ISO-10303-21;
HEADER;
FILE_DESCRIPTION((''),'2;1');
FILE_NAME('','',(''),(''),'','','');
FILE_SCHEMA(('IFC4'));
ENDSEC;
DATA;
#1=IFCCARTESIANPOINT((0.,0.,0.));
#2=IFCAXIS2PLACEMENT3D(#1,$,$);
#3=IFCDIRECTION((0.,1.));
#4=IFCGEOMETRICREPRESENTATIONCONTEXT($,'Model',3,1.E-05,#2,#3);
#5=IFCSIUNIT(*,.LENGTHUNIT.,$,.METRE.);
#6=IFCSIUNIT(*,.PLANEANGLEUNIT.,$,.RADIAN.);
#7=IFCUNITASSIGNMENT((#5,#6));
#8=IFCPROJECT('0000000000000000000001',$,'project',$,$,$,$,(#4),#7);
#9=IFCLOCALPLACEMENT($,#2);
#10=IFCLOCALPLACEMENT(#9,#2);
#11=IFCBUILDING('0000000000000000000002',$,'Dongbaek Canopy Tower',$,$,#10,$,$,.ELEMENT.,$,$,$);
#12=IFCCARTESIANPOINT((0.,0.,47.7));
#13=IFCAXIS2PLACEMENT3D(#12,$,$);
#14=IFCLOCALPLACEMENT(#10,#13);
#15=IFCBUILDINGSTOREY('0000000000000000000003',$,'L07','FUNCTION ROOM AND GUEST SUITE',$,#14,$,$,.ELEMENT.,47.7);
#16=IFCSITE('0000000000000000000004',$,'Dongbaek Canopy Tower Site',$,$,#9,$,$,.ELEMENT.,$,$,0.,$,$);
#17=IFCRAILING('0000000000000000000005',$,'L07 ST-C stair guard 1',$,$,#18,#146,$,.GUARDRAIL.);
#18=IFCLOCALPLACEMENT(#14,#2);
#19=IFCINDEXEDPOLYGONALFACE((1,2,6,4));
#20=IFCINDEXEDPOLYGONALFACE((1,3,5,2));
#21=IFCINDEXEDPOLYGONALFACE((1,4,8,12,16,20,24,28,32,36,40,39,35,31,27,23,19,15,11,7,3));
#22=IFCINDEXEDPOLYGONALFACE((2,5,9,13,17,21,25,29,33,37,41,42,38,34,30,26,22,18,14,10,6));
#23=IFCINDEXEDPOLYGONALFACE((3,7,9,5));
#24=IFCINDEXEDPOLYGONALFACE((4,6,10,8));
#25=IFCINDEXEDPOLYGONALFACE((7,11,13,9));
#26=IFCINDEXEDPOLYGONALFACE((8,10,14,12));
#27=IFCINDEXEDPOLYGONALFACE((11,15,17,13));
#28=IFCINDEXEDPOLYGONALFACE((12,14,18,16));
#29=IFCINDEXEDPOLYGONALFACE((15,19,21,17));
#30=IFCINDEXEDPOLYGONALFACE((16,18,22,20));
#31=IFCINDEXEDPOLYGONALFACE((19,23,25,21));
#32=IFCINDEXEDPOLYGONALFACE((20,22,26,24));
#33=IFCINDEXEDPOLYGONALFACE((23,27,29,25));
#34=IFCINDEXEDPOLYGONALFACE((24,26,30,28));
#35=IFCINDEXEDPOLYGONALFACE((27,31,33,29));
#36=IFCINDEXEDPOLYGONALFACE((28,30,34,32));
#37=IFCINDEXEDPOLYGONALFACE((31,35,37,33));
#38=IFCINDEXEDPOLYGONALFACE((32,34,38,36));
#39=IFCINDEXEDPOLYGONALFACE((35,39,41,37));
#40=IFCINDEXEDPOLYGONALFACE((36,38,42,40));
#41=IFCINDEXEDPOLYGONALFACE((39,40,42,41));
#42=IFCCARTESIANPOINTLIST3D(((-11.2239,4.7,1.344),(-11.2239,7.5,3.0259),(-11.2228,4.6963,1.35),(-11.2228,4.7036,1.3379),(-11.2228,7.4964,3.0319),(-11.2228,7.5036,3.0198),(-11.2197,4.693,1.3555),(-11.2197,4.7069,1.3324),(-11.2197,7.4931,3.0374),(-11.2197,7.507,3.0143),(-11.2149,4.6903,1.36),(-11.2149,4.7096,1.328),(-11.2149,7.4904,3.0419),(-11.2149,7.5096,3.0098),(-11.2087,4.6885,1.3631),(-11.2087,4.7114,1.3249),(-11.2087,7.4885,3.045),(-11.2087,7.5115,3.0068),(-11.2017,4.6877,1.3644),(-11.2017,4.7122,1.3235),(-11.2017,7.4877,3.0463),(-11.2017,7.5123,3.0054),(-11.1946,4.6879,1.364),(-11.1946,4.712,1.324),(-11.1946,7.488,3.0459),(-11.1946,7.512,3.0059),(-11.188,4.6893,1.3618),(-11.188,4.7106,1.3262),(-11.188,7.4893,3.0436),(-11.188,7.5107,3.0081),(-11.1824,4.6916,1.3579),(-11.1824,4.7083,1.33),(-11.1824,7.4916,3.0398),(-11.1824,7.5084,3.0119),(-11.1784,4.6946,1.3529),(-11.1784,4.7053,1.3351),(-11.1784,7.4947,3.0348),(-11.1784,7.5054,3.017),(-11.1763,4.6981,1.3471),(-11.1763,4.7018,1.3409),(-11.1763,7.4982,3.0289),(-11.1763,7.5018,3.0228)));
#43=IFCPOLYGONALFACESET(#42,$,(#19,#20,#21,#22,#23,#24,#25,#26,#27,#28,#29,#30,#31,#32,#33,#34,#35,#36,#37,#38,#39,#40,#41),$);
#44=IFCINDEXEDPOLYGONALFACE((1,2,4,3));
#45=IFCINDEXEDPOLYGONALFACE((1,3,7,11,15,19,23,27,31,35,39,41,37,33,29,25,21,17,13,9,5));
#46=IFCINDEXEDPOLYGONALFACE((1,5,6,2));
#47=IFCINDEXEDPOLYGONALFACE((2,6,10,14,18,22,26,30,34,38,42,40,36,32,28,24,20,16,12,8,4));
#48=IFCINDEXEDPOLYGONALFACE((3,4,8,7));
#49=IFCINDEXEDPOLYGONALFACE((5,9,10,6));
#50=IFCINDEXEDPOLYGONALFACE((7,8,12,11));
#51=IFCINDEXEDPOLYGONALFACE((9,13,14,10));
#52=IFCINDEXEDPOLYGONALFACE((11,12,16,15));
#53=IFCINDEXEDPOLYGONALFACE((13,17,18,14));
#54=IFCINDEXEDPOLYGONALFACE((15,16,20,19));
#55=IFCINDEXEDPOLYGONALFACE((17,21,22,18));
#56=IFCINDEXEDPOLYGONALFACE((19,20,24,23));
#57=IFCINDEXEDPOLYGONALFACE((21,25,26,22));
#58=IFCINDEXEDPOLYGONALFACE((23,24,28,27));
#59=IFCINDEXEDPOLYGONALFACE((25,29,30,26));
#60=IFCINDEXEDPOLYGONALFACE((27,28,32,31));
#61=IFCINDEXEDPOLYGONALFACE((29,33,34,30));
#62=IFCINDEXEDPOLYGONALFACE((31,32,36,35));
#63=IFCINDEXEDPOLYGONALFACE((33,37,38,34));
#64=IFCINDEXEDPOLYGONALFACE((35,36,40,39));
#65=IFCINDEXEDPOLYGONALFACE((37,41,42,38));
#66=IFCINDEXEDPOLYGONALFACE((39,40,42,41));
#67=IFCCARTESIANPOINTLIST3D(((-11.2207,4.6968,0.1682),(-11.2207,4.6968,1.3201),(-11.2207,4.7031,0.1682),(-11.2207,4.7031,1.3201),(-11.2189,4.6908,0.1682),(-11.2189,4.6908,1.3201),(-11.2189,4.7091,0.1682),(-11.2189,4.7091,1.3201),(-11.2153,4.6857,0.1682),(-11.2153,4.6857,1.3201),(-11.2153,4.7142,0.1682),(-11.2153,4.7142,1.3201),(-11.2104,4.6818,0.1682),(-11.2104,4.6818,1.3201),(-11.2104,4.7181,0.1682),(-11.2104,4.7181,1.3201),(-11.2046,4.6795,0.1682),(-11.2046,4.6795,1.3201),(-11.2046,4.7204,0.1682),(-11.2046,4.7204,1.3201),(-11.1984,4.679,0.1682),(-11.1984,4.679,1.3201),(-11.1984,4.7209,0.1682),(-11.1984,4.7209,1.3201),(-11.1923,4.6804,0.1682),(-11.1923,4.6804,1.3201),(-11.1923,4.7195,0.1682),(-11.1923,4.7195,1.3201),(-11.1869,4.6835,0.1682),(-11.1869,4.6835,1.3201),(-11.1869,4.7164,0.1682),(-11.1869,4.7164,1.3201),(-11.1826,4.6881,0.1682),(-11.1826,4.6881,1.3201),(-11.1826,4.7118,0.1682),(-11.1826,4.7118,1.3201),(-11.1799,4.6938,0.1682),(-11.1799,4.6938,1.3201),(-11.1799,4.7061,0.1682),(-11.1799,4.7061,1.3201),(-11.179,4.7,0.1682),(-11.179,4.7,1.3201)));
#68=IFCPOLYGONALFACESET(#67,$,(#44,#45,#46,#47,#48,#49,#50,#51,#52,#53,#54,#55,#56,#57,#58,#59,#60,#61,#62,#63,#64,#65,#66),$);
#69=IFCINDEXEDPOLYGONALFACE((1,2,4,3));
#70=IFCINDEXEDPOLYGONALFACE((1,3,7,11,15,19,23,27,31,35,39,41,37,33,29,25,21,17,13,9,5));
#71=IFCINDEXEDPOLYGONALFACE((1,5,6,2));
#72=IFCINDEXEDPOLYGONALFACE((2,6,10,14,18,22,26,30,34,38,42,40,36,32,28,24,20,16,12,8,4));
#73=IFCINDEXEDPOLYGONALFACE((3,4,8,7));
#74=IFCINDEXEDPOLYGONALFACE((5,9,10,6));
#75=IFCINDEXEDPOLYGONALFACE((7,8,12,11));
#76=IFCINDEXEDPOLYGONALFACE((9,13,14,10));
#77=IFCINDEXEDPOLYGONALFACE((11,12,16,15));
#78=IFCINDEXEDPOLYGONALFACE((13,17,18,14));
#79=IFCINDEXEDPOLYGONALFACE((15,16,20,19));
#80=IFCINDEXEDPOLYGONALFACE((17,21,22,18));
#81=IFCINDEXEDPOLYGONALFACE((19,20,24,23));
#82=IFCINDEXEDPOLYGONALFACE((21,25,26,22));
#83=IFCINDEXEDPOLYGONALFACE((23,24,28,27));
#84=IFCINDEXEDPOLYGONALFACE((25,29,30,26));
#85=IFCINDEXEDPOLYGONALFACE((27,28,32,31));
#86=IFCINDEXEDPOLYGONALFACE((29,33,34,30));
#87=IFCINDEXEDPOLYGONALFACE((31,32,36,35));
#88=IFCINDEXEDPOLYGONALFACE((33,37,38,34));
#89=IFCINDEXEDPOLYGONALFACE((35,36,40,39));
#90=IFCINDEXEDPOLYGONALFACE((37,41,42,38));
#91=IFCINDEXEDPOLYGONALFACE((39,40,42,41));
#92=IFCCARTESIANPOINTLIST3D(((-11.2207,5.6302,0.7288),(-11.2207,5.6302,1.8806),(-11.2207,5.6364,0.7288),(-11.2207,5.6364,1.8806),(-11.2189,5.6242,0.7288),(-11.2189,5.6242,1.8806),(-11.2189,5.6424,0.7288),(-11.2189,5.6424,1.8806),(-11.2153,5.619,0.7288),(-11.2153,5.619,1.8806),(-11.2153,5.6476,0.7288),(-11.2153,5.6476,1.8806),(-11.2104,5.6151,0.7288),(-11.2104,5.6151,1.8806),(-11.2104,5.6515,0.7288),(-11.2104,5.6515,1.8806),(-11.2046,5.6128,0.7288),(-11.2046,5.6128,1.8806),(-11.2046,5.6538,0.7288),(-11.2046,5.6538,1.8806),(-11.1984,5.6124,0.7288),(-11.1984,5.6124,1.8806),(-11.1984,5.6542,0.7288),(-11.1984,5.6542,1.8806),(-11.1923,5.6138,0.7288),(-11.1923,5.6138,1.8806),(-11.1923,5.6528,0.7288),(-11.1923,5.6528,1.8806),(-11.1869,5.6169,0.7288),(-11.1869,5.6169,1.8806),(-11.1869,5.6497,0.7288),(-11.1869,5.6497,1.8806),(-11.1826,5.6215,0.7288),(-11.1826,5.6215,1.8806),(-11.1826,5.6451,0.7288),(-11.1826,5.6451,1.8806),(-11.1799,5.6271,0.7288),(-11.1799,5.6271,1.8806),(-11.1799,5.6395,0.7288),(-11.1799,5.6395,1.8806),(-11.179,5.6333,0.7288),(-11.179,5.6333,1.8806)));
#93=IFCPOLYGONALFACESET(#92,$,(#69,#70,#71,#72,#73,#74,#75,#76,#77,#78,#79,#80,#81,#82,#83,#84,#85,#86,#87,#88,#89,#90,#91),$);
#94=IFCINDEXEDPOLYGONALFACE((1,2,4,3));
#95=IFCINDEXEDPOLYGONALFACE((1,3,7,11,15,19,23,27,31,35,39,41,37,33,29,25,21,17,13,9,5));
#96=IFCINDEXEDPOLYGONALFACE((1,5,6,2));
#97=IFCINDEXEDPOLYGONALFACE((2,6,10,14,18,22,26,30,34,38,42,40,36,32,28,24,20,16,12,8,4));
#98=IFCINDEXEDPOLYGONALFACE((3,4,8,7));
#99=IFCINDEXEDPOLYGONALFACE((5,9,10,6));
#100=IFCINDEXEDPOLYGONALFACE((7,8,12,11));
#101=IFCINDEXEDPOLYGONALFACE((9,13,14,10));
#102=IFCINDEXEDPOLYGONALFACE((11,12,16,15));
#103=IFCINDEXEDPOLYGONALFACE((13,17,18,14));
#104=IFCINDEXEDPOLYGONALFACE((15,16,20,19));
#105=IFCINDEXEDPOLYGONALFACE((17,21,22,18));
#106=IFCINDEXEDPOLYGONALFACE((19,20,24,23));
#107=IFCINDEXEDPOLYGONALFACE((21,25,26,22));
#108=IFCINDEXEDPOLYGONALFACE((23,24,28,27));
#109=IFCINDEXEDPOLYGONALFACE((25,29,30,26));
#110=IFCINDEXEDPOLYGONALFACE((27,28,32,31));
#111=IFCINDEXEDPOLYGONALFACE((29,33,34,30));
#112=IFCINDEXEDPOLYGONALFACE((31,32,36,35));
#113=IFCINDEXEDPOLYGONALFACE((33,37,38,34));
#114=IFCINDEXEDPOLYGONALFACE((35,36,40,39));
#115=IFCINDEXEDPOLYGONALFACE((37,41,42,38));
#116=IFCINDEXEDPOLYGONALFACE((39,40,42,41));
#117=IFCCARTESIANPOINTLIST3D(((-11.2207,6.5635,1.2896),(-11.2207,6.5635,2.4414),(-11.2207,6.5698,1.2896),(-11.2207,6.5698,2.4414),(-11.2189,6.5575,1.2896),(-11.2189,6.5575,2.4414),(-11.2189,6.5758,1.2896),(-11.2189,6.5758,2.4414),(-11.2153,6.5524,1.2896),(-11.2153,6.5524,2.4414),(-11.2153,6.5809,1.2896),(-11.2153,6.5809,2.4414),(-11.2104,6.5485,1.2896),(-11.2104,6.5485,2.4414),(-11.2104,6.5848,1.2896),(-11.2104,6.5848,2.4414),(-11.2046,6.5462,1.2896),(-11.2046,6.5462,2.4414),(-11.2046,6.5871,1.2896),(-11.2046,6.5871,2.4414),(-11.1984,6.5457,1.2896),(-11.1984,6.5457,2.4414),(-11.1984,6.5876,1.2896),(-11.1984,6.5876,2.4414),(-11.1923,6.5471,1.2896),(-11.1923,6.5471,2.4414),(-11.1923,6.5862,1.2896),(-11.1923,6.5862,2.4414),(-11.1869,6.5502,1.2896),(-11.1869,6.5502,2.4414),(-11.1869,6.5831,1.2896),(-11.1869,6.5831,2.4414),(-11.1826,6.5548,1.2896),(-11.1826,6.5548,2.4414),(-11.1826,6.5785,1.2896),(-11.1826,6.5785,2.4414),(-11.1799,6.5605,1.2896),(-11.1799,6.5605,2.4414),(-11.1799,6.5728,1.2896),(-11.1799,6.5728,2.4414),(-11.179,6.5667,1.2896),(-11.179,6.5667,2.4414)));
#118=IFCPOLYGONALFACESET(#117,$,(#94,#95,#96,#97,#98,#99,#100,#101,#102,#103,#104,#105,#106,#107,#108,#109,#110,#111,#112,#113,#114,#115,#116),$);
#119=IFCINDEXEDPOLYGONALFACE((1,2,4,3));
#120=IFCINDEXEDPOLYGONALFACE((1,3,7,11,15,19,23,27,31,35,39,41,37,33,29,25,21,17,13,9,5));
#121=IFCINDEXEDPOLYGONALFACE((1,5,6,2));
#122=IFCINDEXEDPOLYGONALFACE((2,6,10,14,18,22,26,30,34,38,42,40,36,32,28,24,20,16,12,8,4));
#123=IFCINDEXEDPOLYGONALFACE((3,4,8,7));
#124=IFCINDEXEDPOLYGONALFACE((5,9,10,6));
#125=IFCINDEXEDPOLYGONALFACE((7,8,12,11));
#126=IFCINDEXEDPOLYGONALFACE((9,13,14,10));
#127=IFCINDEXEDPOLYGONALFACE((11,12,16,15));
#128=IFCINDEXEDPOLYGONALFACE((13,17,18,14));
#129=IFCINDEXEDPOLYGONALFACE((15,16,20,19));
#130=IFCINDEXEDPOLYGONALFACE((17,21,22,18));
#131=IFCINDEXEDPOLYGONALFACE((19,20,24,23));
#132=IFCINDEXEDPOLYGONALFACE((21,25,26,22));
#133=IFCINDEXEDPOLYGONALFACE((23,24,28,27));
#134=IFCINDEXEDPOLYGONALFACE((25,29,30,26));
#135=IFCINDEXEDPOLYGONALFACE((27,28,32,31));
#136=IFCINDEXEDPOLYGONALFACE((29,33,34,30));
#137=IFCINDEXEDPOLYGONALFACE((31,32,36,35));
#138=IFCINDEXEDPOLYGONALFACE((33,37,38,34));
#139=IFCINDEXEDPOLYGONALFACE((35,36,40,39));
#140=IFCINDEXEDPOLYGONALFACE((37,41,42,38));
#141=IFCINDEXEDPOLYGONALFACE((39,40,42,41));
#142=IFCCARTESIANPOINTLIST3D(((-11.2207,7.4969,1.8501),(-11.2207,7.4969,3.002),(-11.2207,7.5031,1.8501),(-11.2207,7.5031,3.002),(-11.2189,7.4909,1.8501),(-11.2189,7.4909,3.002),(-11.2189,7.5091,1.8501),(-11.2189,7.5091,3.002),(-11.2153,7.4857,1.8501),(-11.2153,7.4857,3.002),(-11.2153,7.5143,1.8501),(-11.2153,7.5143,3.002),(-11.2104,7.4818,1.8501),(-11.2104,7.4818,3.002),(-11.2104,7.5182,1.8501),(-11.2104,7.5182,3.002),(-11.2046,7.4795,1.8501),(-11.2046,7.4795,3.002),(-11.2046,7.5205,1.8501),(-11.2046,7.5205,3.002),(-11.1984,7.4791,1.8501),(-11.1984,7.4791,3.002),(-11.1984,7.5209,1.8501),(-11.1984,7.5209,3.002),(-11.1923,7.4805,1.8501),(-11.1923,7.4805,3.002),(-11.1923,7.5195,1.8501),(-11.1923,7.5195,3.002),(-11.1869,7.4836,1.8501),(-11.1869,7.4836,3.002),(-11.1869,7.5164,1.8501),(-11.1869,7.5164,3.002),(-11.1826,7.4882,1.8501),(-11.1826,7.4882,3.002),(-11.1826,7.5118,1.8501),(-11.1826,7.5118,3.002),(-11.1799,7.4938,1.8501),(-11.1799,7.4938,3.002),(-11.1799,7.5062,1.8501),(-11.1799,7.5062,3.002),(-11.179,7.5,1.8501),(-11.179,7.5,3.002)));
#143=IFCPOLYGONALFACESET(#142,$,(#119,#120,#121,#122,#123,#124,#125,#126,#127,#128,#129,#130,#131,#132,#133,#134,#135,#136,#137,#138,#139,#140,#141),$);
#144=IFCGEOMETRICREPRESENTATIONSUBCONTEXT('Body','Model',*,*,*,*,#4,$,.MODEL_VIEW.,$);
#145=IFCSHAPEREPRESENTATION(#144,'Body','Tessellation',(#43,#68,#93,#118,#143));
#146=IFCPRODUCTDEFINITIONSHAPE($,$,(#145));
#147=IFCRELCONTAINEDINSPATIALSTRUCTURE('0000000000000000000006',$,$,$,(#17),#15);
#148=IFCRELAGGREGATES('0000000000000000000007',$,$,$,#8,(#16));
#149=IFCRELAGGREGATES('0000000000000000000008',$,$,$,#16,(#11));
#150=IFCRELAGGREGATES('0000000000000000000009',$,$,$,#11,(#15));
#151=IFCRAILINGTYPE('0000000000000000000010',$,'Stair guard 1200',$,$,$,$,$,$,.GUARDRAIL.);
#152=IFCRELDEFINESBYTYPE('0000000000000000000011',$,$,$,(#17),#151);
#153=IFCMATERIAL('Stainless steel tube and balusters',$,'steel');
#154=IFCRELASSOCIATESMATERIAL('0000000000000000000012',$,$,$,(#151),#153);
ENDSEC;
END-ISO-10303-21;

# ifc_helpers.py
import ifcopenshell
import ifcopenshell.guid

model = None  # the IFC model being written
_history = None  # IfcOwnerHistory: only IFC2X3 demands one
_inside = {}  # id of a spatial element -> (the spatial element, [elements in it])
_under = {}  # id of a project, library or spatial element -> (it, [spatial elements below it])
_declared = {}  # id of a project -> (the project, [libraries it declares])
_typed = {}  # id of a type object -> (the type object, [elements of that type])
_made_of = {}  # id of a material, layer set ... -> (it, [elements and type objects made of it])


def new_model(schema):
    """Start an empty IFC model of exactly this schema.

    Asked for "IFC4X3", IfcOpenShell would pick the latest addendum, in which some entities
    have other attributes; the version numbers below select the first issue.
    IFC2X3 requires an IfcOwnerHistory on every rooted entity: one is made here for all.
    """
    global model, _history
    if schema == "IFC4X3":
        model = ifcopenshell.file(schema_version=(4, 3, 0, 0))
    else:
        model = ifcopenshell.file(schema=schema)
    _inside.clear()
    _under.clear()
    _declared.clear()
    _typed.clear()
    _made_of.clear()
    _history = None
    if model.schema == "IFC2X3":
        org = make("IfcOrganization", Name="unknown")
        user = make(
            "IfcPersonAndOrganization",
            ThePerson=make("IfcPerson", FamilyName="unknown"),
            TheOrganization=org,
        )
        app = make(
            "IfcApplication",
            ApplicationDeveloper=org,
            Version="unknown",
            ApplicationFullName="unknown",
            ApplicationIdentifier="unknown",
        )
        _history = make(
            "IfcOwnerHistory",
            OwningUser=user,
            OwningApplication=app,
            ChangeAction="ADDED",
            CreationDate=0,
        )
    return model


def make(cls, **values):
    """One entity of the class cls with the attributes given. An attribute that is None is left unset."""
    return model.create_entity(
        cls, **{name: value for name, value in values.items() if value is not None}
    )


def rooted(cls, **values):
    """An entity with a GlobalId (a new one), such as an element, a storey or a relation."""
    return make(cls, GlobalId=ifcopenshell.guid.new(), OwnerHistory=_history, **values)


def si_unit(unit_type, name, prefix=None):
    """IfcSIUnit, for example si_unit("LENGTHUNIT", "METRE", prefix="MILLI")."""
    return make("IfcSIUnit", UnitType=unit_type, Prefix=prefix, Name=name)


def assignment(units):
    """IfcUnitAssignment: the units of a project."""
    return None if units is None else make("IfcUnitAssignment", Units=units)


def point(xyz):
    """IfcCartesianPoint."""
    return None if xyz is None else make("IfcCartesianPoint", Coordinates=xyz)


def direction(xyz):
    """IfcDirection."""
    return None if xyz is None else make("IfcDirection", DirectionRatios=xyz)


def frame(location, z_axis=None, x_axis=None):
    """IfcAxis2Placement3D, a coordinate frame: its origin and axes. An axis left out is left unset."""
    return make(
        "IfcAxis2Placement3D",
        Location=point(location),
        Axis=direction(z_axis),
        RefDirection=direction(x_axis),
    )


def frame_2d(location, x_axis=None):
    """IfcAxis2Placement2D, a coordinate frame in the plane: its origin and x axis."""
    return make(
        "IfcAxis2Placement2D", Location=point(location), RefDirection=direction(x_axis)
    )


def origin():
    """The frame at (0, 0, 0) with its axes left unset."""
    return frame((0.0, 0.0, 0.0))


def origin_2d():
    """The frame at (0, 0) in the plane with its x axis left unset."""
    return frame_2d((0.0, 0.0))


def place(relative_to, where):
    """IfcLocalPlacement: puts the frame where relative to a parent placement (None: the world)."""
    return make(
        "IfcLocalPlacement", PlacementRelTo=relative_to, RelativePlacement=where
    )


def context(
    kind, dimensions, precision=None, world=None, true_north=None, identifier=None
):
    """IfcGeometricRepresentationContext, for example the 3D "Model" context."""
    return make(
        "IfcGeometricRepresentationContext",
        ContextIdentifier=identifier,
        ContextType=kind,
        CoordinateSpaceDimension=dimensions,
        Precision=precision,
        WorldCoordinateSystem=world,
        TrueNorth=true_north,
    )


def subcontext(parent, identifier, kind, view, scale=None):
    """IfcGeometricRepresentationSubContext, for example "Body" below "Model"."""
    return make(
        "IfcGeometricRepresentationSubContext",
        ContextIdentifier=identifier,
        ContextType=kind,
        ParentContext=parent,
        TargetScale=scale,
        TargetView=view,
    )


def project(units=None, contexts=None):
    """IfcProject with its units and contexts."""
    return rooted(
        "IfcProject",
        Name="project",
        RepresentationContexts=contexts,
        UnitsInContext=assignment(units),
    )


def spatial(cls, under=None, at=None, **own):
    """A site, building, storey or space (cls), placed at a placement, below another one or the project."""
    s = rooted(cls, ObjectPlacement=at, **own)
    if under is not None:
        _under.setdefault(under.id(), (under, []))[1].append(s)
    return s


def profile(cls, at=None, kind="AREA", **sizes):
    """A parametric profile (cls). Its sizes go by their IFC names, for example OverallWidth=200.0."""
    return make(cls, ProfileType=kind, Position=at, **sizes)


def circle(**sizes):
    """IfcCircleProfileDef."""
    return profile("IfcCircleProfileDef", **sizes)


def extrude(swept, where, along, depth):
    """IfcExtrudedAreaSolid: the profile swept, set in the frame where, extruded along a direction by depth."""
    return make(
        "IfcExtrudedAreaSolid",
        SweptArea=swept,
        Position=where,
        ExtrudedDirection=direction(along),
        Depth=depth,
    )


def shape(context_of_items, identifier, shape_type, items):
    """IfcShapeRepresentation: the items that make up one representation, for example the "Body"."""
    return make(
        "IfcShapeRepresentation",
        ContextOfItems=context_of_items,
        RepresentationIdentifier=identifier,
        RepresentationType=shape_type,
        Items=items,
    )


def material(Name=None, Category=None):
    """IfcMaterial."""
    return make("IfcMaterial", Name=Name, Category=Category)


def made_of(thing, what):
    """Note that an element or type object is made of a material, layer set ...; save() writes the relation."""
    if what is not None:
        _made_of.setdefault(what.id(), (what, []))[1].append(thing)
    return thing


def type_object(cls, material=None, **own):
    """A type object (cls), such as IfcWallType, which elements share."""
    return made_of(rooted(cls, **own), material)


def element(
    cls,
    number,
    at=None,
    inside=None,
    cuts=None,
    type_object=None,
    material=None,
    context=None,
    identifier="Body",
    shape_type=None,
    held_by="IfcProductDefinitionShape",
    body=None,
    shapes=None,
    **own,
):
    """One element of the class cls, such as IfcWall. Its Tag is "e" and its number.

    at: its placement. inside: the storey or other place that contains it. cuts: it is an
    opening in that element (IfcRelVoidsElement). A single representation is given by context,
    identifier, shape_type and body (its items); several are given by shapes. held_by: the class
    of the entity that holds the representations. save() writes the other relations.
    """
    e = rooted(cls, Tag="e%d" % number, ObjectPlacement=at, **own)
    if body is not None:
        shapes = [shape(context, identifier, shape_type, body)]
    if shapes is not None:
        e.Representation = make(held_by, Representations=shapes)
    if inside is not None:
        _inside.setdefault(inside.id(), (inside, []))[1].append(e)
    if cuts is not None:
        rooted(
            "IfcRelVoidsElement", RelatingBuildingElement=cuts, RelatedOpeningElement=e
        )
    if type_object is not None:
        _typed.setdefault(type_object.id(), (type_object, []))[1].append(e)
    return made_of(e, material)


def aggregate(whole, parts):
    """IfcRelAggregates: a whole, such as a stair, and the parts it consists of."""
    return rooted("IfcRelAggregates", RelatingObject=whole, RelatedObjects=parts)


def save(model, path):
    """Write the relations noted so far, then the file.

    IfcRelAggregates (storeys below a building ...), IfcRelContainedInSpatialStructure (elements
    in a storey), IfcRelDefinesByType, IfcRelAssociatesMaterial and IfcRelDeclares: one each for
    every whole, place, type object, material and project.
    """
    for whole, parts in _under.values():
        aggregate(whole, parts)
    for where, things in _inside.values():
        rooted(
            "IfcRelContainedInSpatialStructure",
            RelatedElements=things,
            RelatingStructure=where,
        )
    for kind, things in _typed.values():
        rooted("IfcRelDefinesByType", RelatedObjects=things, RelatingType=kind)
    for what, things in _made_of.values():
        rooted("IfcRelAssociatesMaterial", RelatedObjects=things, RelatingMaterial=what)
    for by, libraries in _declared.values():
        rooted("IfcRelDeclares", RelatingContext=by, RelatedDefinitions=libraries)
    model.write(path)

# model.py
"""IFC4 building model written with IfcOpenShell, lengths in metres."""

from ifc_helpers import new_model, si_unit, direction, frame, origin, origin_2d, place, context, subcontext, project, spatial, circle, extrude, material, type_object, element, save


model = new_model("IFC4")

# Units and contexts
model_context = context("Model", 3, precision=1e-05, world=origin(), true_north=direction((0.0, 1.0)))
body_context = subcontext(model_context, "Body", "Model", "MODEL_VIEW")
ifc_project = project(units=[si_unit("LENGTHUNIT", "METRE"), si_unit("PLANEANGLEUNIT", "RADIAN")], contexts=[model_context])

# Site, building, storey
site_placement = place(None, origin())
site = spatial("IfcSite", under=ifc_project, at=site_placement, Name="Dongbaek Canopy Tower Site", CompositionType="ELEMENT", RefElevation=0.0)
building_placement = place(site_placement, origin())
building = spatial("IfcBuilding", under=site, at=building_placement, Name="Dongbaek Canopy Tower", CompositionType="ELEMENT")
storey_placement = place(building_placement, frame((0.0, 0.0, 47.7)))
storey = spatial("IfcBuildingStorey", under=building, at=storey_placement, Name="L07", Description="FUNCTION ROOM AND GUEST SUITE", CompositionType="ELEMENT", Elevation=47.7)

# Railing
ifc_material_1 = material(Name="Stainless steel tube and balusters", Category="steel")
railing_type_1 = type_object("IfcRailingType", Name="Stair guard 1200", PredefinedType="GUARDRAIL", material=ifc_material_1)
railing_1_placement = place(storey_placement, frame((-11.2, 4.7, 0.1682)))
element("IfcRailing", 1, at=railing_1_placement, inside=storey, type_object=railing_type_1, Name="L07 ST-C stair guard 1", PredefinedType="GUARDRAIL", context=body_context, shape_type="SweptSolid", body=[
    extrude(circle(Radius=0.0239, at=origin_2d()), frame((0.0, 0.0, 1.1758), z_axis=(0.0, 0.857242, 0.514913), x_axis=(-1.0, 0.0, 0.0)), (0.0, 0.0, 1.0), 3.2664),
    extrude(circle(Radius=0.021, at=origin_2d()), origin(), (0.0, 0.0, 1.0), 1.1519),
    extrude(circle(Radius=0.021, at=origin_2d()), frame((0.0, 0.9333, 0.5605)), (0.0, 0.0, 1.0), 1.1519),
    extrude(circle(Radius=0.021, at=origin_2d()), frame((0.0, 1.8667, 1.1213)), (0.0, 0.0, 1.0), 1.1519),
    extrude(circle(Radius=0.021, at=origin_2d()), frame((0.0, 2.8, 1.6819)), (0.0, 0.0, 1.0), 1.1519),
])

save(model, "model.ifc")
